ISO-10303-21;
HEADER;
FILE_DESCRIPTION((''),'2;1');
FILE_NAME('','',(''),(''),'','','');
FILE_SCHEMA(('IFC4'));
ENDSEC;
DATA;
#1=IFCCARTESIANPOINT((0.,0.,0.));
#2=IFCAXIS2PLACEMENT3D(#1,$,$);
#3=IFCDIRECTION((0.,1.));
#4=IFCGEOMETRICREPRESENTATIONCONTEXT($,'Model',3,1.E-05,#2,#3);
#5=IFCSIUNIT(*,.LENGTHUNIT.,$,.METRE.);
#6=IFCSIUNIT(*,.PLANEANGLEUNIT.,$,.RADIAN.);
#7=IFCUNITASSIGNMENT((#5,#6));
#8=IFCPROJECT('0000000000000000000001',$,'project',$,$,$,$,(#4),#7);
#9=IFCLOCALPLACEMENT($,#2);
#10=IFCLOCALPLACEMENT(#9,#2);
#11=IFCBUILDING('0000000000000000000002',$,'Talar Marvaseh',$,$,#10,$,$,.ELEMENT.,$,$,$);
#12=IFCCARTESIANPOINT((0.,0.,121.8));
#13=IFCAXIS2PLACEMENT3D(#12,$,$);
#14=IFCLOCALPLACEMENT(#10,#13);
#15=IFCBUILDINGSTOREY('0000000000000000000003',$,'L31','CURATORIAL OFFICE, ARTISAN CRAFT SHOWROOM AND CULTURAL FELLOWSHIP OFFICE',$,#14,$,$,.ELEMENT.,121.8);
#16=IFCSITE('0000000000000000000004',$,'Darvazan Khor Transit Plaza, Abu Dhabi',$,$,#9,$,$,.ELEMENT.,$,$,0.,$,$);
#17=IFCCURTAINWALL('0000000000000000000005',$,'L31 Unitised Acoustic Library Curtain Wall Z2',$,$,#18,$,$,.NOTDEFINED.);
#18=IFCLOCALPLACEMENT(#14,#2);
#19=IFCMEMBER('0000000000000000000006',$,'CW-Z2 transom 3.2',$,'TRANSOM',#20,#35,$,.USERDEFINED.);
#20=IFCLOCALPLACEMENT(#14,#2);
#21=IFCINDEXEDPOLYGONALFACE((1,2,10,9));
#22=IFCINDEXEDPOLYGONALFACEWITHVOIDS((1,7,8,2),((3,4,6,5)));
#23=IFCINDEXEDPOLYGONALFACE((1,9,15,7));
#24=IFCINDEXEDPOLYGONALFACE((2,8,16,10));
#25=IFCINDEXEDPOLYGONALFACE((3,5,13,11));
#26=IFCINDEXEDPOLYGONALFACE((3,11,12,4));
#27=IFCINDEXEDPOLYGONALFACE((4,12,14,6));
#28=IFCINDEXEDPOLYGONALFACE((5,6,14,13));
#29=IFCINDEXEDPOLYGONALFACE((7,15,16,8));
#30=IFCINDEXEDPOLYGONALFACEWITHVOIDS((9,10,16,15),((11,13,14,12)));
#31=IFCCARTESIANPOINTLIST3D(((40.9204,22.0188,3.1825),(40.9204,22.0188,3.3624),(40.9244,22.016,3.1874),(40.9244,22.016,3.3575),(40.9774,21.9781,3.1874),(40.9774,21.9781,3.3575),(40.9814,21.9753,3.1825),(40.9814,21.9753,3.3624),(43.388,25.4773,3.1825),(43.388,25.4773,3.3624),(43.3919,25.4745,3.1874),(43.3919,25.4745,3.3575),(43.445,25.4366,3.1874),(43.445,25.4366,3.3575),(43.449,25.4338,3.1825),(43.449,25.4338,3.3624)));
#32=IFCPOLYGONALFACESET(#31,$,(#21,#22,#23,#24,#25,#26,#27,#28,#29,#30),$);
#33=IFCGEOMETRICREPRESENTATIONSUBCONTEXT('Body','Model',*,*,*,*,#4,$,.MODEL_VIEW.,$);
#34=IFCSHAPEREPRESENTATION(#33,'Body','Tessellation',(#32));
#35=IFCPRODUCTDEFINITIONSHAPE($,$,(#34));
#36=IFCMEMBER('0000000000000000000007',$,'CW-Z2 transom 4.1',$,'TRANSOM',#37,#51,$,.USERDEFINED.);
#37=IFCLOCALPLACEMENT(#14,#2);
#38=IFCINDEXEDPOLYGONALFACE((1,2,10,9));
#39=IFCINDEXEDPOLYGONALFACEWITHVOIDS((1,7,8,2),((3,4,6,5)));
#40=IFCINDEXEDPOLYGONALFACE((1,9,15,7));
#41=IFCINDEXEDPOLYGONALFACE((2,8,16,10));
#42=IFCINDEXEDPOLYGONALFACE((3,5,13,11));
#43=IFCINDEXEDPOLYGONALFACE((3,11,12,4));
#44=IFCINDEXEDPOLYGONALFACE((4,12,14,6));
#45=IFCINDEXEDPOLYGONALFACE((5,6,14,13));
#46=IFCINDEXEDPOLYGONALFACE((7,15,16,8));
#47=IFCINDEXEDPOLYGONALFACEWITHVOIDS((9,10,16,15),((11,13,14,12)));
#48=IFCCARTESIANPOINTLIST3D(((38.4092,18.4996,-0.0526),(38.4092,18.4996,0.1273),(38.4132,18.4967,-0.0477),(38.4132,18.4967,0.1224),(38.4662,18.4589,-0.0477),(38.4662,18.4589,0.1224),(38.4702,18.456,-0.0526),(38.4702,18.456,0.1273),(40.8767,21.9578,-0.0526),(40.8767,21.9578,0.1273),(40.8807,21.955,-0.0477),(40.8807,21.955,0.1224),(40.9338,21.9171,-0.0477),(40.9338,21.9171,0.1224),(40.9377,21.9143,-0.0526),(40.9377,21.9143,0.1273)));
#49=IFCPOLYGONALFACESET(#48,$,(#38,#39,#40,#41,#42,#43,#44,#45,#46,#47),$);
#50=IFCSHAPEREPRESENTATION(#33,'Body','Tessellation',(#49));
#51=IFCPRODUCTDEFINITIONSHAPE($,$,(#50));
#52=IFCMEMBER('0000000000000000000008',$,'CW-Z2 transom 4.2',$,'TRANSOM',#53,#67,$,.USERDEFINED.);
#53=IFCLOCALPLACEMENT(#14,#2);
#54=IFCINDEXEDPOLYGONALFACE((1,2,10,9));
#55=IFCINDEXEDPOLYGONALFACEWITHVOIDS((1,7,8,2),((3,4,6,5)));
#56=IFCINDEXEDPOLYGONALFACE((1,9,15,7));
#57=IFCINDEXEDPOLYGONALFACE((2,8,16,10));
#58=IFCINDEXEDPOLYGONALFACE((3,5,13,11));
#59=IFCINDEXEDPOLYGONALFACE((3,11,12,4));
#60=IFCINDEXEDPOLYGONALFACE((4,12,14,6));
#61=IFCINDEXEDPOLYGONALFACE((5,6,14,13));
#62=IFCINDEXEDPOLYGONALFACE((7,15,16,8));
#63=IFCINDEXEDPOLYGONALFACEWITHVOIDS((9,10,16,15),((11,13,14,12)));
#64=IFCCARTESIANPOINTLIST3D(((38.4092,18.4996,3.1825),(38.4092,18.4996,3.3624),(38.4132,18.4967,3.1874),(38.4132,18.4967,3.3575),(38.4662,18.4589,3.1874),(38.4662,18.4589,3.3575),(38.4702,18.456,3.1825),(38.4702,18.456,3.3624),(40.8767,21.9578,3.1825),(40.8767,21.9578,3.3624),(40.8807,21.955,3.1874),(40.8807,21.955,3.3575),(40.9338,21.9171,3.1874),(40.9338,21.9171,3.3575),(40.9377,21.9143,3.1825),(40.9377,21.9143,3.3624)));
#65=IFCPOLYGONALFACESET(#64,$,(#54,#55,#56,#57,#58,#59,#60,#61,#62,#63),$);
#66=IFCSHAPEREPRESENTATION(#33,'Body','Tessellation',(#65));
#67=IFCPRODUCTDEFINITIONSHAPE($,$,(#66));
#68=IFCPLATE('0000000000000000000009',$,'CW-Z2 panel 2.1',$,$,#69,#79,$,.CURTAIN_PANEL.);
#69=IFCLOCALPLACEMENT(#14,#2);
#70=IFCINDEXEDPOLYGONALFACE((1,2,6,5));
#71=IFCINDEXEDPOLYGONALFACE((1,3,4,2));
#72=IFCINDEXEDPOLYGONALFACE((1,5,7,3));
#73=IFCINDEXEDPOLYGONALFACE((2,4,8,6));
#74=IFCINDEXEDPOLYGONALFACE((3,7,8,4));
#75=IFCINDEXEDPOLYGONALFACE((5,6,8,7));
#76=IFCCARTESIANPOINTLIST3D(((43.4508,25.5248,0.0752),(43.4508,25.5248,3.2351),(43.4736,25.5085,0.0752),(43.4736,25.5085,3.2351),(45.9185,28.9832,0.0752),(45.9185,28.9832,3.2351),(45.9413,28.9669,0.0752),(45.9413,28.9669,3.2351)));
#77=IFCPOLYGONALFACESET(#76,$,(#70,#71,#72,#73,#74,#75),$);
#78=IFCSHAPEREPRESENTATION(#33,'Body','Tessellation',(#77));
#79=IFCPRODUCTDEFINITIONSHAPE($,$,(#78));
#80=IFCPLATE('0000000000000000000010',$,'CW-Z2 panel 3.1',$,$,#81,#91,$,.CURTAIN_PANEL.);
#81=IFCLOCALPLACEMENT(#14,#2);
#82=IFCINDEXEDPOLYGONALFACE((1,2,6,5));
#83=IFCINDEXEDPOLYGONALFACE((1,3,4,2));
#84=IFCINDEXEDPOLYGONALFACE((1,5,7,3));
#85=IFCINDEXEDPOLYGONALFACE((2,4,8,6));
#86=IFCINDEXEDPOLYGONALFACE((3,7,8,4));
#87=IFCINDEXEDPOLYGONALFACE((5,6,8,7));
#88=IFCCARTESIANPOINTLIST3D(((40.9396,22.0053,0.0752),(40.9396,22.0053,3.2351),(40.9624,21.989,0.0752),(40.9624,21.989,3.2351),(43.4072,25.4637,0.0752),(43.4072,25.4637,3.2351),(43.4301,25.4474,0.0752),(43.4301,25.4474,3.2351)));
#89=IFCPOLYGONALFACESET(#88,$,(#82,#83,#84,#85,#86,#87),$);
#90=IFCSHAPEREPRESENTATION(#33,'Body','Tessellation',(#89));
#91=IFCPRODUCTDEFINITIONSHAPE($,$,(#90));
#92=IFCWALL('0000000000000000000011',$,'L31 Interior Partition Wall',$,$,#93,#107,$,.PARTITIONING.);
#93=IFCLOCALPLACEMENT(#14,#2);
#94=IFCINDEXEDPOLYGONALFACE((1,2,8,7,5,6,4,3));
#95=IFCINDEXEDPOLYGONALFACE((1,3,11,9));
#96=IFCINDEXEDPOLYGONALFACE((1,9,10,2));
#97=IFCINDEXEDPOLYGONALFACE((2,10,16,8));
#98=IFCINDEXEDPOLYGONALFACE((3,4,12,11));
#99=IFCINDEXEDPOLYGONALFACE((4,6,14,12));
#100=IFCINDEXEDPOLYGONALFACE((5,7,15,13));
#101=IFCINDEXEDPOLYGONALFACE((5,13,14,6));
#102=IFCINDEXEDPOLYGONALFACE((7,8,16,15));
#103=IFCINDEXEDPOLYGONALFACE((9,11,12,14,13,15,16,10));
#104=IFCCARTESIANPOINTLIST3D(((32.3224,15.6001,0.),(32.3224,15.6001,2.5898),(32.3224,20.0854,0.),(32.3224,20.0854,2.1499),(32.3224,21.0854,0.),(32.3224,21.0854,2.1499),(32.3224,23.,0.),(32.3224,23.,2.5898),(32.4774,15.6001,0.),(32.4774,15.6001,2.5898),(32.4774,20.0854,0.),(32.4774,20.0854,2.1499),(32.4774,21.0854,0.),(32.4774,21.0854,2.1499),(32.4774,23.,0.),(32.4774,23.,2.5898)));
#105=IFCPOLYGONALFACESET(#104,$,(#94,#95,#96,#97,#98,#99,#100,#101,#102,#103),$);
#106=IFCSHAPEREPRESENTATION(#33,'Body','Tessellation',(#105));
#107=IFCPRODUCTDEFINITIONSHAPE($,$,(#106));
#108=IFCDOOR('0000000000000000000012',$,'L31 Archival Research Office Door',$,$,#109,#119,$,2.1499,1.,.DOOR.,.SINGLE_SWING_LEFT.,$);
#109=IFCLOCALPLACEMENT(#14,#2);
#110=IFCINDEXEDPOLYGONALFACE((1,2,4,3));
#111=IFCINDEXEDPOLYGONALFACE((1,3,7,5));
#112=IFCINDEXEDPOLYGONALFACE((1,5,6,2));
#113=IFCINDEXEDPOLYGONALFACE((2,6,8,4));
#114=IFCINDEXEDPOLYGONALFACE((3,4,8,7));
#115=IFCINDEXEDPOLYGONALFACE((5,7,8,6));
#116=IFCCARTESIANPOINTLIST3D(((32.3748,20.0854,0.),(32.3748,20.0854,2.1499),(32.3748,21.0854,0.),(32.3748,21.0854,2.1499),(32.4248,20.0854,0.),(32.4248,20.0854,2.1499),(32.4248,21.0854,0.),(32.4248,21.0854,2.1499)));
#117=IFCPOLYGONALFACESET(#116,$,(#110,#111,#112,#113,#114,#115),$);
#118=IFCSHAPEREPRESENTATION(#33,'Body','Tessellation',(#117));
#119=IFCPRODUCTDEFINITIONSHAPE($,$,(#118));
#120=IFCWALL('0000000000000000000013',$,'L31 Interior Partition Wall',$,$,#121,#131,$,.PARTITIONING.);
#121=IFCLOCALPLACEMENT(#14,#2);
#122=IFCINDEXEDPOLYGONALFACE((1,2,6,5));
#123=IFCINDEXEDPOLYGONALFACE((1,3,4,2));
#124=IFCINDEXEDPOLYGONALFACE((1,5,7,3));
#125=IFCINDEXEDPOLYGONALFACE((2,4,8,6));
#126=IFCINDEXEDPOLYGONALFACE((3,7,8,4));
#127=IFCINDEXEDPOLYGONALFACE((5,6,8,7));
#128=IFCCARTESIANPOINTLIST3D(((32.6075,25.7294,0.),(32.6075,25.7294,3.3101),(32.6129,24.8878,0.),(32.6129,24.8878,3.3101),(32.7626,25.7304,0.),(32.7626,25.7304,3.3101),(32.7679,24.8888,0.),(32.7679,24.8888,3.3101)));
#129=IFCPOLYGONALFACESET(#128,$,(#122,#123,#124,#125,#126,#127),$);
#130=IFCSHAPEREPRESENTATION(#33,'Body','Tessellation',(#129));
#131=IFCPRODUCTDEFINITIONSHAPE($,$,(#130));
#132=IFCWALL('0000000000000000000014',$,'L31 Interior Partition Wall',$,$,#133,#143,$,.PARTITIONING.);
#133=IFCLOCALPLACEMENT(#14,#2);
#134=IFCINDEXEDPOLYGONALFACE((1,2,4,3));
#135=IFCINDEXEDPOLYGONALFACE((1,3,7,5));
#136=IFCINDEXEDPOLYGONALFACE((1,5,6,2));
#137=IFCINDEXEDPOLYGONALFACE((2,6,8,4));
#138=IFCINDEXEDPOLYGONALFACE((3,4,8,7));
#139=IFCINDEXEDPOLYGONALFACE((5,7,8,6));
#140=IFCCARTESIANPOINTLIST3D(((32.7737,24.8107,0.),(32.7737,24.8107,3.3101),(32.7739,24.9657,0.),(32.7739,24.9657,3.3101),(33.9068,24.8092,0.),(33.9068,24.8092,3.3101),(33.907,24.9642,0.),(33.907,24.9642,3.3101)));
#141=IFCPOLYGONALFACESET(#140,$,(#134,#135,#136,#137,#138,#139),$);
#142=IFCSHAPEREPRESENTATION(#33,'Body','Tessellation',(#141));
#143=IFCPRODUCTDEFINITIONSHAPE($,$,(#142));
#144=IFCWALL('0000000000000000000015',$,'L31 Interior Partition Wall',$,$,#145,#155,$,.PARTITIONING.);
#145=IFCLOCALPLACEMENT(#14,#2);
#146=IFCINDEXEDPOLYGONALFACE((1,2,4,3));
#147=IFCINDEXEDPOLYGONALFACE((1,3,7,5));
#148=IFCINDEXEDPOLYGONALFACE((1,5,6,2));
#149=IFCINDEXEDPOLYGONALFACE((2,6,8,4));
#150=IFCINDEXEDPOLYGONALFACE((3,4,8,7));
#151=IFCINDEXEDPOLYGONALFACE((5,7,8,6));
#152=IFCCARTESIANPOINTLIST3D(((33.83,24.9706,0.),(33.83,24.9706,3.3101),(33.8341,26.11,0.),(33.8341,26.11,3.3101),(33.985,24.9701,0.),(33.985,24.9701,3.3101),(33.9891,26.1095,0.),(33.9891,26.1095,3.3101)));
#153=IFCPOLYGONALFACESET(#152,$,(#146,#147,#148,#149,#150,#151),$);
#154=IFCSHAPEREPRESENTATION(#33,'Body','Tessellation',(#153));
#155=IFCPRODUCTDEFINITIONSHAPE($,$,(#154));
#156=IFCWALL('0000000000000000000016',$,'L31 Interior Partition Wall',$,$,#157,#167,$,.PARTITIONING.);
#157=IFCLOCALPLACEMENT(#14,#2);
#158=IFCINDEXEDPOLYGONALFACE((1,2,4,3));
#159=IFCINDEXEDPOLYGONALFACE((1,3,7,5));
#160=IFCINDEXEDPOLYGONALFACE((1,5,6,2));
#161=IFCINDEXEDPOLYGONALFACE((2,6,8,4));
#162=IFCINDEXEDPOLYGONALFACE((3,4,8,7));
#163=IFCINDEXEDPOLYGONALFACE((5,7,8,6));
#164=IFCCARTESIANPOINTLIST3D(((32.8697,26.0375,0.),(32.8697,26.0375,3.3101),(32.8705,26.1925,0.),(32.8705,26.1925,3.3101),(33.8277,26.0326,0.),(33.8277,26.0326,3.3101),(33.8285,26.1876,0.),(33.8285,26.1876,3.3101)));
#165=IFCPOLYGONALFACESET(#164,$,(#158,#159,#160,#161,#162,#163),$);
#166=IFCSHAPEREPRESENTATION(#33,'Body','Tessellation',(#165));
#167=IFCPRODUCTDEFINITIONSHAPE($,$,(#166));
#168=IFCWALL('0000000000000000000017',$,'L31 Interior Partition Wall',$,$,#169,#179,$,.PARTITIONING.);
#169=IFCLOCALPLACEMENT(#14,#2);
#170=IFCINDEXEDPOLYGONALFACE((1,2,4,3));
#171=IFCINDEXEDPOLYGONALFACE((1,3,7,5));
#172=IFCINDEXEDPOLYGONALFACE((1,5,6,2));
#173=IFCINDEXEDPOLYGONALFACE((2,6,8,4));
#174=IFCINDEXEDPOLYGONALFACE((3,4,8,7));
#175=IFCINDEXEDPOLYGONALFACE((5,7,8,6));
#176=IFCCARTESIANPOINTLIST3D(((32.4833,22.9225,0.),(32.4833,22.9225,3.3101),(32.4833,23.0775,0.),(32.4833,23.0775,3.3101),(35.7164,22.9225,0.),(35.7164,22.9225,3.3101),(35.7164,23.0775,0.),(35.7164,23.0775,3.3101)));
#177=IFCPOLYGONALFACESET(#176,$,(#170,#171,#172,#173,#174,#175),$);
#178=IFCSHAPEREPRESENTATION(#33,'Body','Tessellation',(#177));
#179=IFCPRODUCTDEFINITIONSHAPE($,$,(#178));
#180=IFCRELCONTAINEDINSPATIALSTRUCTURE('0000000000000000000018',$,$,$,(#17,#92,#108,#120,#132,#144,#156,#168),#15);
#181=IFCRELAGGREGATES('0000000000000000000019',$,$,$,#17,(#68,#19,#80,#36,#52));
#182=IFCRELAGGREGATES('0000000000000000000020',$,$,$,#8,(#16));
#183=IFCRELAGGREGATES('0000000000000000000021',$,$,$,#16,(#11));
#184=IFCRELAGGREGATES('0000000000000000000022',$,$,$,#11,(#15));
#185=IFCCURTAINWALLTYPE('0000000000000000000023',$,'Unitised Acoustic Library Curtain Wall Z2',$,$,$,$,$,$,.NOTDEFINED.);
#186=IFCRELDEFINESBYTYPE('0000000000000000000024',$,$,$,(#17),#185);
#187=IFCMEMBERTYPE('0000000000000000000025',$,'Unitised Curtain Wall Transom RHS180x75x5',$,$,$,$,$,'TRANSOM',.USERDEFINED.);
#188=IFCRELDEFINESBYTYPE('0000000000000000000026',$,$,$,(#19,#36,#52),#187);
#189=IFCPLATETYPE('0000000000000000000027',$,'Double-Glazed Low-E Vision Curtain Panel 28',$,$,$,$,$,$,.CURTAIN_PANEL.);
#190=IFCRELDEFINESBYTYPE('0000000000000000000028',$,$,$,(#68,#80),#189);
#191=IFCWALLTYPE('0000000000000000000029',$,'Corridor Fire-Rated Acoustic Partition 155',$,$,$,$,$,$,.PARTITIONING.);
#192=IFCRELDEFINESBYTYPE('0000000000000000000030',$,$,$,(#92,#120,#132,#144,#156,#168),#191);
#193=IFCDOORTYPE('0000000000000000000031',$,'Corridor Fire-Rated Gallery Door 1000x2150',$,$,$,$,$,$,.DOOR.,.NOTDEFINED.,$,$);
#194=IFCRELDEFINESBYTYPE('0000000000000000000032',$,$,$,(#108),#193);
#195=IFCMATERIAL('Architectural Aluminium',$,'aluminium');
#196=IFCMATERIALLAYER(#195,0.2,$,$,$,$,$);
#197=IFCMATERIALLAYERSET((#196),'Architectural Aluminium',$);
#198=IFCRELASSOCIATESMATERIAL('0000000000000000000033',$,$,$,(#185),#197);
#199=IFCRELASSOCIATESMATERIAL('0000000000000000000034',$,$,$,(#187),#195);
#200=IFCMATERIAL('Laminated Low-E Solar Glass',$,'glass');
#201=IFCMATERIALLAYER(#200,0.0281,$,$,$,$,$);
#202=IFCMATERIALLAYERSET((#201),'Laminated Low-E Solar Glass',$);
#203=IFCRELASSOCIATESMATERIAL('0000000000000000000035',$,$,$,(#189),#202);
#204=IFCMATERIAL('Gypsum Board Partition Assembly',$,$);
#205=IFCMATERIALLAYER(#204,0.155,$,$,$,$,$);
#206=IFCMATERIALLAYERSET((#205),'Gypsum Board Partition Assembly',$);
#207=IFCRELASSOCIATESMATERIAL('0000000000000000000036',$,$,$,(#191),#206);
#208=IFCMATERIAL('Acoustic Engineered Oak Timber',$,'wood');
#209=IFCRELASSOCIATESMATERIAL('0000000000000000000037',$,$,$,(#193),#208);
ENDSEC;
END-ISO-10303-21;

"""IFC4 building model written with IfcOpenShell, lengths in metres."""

from ifc_helpers import new_model, si_unit, direction, frame, frame_2d, origin, origin_2d, place, context, subcontext, project, spatial, rectangle, hollow_rectangle, extrude, source, transform, mapped, material, layer, layer_set, material_profile, profile_set, type_object, type_shapes, element, fill, aggregate, save


model = new_model("IFC4")

# Units and contexts
model_context = context("Model", 3, precision=1e-05, world=origin(), true_north=direction((0.0, 1.0)))
body_context = subcontext(model_context, "Body", "Model", "MODEL_VIEW")
ifc_project = project(units=[si_unit("LENGTHUNIT", "METRE"), si_unit("PLANEANGLEUNIT", "RADIAN")], contexts=[model_context])

# Site, building, storey
site_placement = place(None, origin())
site = spatial("IfcSite", under=ifc_project, at=site_placement, Name="Darvazan Khor Transit Plaza, Abu Dhabi", CompositionType="ELEMENT", RefElevation=0.0)
building_placement = place(site_placement, origin())
building = spatial("IfcBuilding", under=site, at=building_placement, Name="Talar Marvaseh", CompositionType="ELEMENT")
storey_placement = place(building_placement, frame((0.0, 0.0, 121.8)))
storey = spatial("IfcBuildingStorey", under=building, at=storey_placement, Name="L31", Description="CURATORIAL OFFICE, ARTISAN CRAFT SHOWROOM AND CULTURAL FELLOWSHIP OFFICE", CompositionType="ELEMENT", Elevation=121.8)

# Curtain wall, members, plates
ifc_material_1 = material(Name="Architectural Aluminium", Category="aluminium")
ifc_layer_1 = layer(ifc_material_1, 0.2)
ifc_layer_set_1 = layer_set([ifc_layer_1], Name="Architectural Aluminium")
curtain_wall_type = type_object("IfcCurtainWallType", Name="Unitised Acoustic Library Curtain Wall Z2", PredefinedType="NOTDEFINED", material=ifc_layer_set_1)
curtain_wall_placement = place(storey_placement, origin())
curtain_wall = element("IfcCurtainWall", 1, at=curtain_wall_placement, inside=storey, type_object=curtain_wall_type, Name="L31 Unitised Acoustic Library Curtain Wall Z2", PredefinedType="NOTDEFINED")
ifc_material_profile_1 = material_profile(ifc_material_1, hollow_rectangle(XDim=0.075, YDim=0.1799, WallThickness=0.0049, at=origin_2d()), Name="RHS180x75x5")
ifc_profile_set_1 = profile_set([ifc_material_profile_1], Name="Architectural Aluminium")
member_type_1 = type_object("IfcMemberType", Name="Unitised Curtain Wall Transom RHS180x75x5", ElementType="TRANSOM", PredefinedType="USERDEFINED", material=ifc_profile_set_1)
shared_shape_1 = source(origin(), body_context, "Body", "SweptSolid", [
    extrude(hollow_rectangle(XDim=0.075, YDim=0.1799, WallThickness=0.0049, at=origin_2d()), origin(), (0.0, 0.0, 1.0), 4.2485),
])
member_1_placement = place(storey_placement, frame((43.4185, 25.4556, 3.2725), z_axis=(-0.580798, -0.814048, 0.0), x_axis=(0.814048, -0.580798, 0.0)))
member_1 = element("IfcMember", 2, at=member_1_placement, type_object=member_type_1, Name="CW-Z2 transom 3.2", ObjectType="TRANSOM", PredefinedType="USERDEFINED", context=body_context, shape_type="MappedRepresentation", body=[
    mapped(shared_shape_1, transform((0.0, 0.0, 0.0), x_axis=(1.0, 0.0, 0.0), y_axis=(0.0, 1.0, 0.0), z_axis=(0.0, 0.0, 1.0), scale=1.0)),
])
shared_shape_2 = source(origin(), body_context, "Body", "SweptSolid", [
    extrude(hollow_rectangle(XDim=0.075, YDim=0.1799, WallThickness=0.0049, at=origin_2d()), origin(), (0.0, 0.0, 1.0), 4.2483),
])
type_shapes(member_type_1, [shared_shape_1, shared_shape_2])
member_2_placement = place(storey_placement, frame((40.9072, 21.936, 0.0374), z_axis=(-0.580825, -0.814028, 0.0), x_axis=(0.814028, -0.580825, 0.0)))
member_2 = element("IfcMember", 3, at=member_2_placement, type_object=member_type_1, Name="CW-Z2 transom 4.1", ObjectType="TRANSOM", PredefinedType="USERDEFINED", context=body_context, shape_type="MappedRepresentation", body=[
    mapped(shared_shape_2, transform((0.0, 0.0, 0.0), x_axis=(1.0, 0.0, 0.0), y_axis=(0.0, 1.0, 0.0), z_axis=(0.0, 0.0, 1.0), scale=1.0)),
])
member_3_placement = place(storey_placement, frame((40.9072, 21.936, 3.2725), z_axis=(-0.580825, -0.814028, 0.0), x_axis=(0.814028, -0.580825, 0.0)))
member_3 = element("IfcMember", 4, at=member_3_placement, type_object=member_type_1, Name="CW-Z2 transom 4.2", ObjectType="TRANSOM", PredefinedType="USERDEFINED", context=body_context, shape_type="MappedRepresentation", body=[
    mapped(shared_shape_2, transform((0.0, 0.0, 0.0), x_axis=(1.0, 0.0, 0.0), y_axis=(0.0, 1.0, 0.0), z_axis=(0.0, 0.0, 1.0), scale=1.0)),
])
ifc_material_2 = material(Name="Laminated Low-E Solar Glass", Category="glass")
ifc_layer_2 = layer(ifc_material_2, 0.0281)
ifc_layer_set_2 = layer_set([ifc_layer_2], Name="Laminated Low-E Solar Glass")
plate_type = type_object("IfcPlateType", Name="Double-Glazed Low-E Vision Curtain Panel 28", PredefinedType="CURTAIN_PANEL", material=ifc_layer_set_2)
shared_shape_3 = source(origin(), body_context, "Body", "SweptSolid", [
    extrude(rectangle(XDim=4.2485, YDim=0.0281, at=origin_2d()), origin(), (0.0, 0.0, 1.0), 3.1599),
])
type_shapes(plate_type, [shared_shape_3])
plate_1_placement = place(storey_placement, frame((44.696, 27.2458, 0.0752), z_axis=(0.0, 0.0, 1.0), x_axis=(-0.580829, -0.814026, 0.0)))
plate_1 = element("IfcPlate", 5, at=plate_1_placement, type_object=plate_type, Name="CW-Z2 panel 2.1", PredefinedType="CURTAIN_PANEL", context=body_context, shape_type="MappedRepresentation", body=[
    mapped(shared_shape_3, transform((0.0, 0.0, 0.0), x_axis=(1.0, 0.0, 0.0), y_axis=(0.0, 1.0, 0.0), z_axis=(0.0, 0.0, 1.0), scale=1.0)),
])
plate_2_placement = place(storey_placement, frame((42.1848, 23.7263, 0.0752), z_axis=(0.0, 0.0, 1.0), x_axis=(-0.580829, -0.814026, 0.0)))
plate_2 = element("IfcPlate", 6, at=plate_2_placement, type_object=plate_type, Name="CW-Z2 panel 3.1", PredefinedType="CURTAIN_PANEL", context=body_context, shape_type="MappedRepresentation", body=[
    mapped(shared_shape_3, transform((0.0, 0.0, 0.0), x_axis=(1.0, 0.0, 0.0), y_axis=(0.0, 1.0, 0.0), z_axis=(0.0, 0.0, 1.0), scale=1.0)),
])
aggregate(curtain_wall, [plate_1, member_1, plate_2, member_2, member_3])

# Wall, opening, door
ifc_material_3 = material(Name="Gypsum Board Partition Assembly")
ifc_layer_3 = layer(ifc_material_3, 0.155)
ifc_layer_set_3 = layer_set([ifc_layer_3], Name="Gypsum Board Partition Assembly")
wall_type_1 = type_object("IfcWallType", Name="Corridor Fire-Rated Acoustic Partition 155", PredefinedType="PARTITIONING", material=ifc_layer_set_3)
wall_1_placement = place(storey_placement, frame((32.3999, 23.0, 0.0), z_axis=(0.0, 0.0, 1.0), x_axis=(0.0, -1.0, 0.0)))
wall_1 = element("IfcWall", 7, at=wall_1_placement, inside=storey, type_object=wall_type_1, Name="L31 Interior Partition Wall", PredefinedType="PARTITIONING", context=body_context, shape_type="SweptSolid", body=[
    extrude(rectangle(XDim=7.3999, YDim=0.155, at=frame_2d((3.7, 0.0))), origin(), (0.0, 0.0, 1.0), 2.5898),
])
opening_1_placement = place(wall_1_placement, frame((1.9146, 0.0, 0.0)))
opening_1 = element("IfcOpeningElement", 8, at=opening_1_placement, cuts=wall_1, PredefinedType="OPENING", context=body_context, shape_type="SweptSolid", body=[
    extrude(rectangle(XDim=1.0, YDim=2.1499, at=frame_2d((0.5, 1.075))), frame((0.0, 0.0874, 0.0), z_axis=(0.0, -1.0, 0.0), x_axis=(1.0, 0.0, 0.0)), (0.0, 0.0, 1.0), 0.175),
])
ifc_material_4 = material(Name="Acoustic Engineered Oak Timber", Category="wood")
door_type_1 = type_object("IfcDoorType", Name="Corridor Fire-Rated Gallery Door 1000x2150", OperationType="NOTDEFINED", PredefinedType="DOOR", material=ifc_material_4)
shared_shape_4 = source(origin(), body_context, "Body", "SweptSolid", [
    extrude(rectangle(XDim=1.0, YDim=2.1499, at=frame_2d((0.5, 1.075))), frame((0.0, 0.0249, 0.0), z_axis=(0.0, -1.0, 0.0), x_axis=(1.0, 0.0, 0.0)), (0.0, 0.0, 1.0), 0.05),
])
type_shapes(door_type_1, [shared_shape_4])
door_1_placement = place(opening_1_placement, origin())
door_1 = element("IfcDoor", 9, at=door_1_placement, inside=storey, type_object=door_type_1, Name="L31 Archival Research Office Door", OperationType="SINGLE_SWING_LEFT", OverallHeight=2.1499, OverallWidth=1.0, PredefinedType="DOOR", context=body_context, shape_type="MappedRepresentation", body=[
    mapped(shared_shape_4, transform((0.0, 0.0, 0.0), x_axis=(1.0, 0.0, 0.0), y_axis=(0.0, 1.0, 0.0), z_axis=(0.0, 0.0, 1.0), scale=1.0)),
])
fill(opening_1, door_1)

# Walls
wall_2_placement = place(storey_placement, frame((32.6851, 25.73, 0.0), z_axis=(0.0, 0.0, 1.0), x_axis=(0.006382, -0.99998, 0.0)))
element("IfcWall", 10, at=wall_2_placement, inside=storey, type_object=wall_type_1, Name="L31 Interior Partition Wall", PredefinedType="PARTITIONING", context=body_context, shape_type="SweptSolid", body=[
    extrude(rectangle(XDim=0.8416, YDim=0.155, at=frame_2d((0.4209, 0.0))), origin(), (0.0, 0.0, 1.0), 3.3101),
])
wall_3_placement = place(storey_placement, frame((32.7739, 24.8882, 0.0), z_axis=(0.0, 0.0, 1.0), x_axis=(0.999999, -0.001293, 0.0)))
element("IfcWall", 11, at=wall_3_placement, inside=storey, type_object=wall_type_1, Name="L31 Interior Partition Wall", PredefinedType="PARTITIONING", context=body_context, shape_type="SweptSolid", body=[
    extrude(rectangle(XDim=1.1331, YDim=0.155, at=frame_2d((0.5664, 0.0))), origin(), (0.0, 0.0, 1.0), 3.3101),
])
wall_4_placement = place(storey_placement, frame((33.9075, 24.9702, 0.0), z_axis=(0.0, 0.0, 1.0), x_axis=(0.003643, 0.999993, 0.0)))
element("IfcWall", 12, at=wall_4_placement, inside=storey, type_object=wall_type_1, Name="L31 Interior Partition Wall", PredefinedType="PARTITIONING", context=body_context, shape_type="SweptSolid", body=[
    extrude(rectangle(XDim=1.1394, YDim=0.155, at=frame_2d((0.5698, 0.0))), origin(), (0.0, 0.0, 1.0), 3.3101),
])
wall_5_placement = place(storey_placement, frame((33.8281, 26.1101, 0.0), z_axis=(0.0, 0.0, 1.0), x_axis=(-0.999987, 0.005097, 0.0)))
element("IfcWall", 13, at=wall_5_placement, inside=storey, type_object=wall_type_1, Name="L31 Interior Partition Wall", PredefinedType="PARTITIONING", context=body_context, shape_type="SweptSolid", body=[
    extrude(rectangle(XDim=0.958, YDim=0.155, at=frame_2d((0.479, 0.0))), origin(), (0.0, 0.0, 1.0), 3.3101),
])
wall_6_placement = place(storey_placement, frame((35.7166, 23.0, 0.0), z_axis=(0.0, 0.0, 1.0), x_axis=(-1.0, 0.0, 0.0)))
element("IfcWall", 14, at=wall_6_placement, inside=storey, type_object=wall_type_1, Name="L31 Interior Partition Wall", PredefinedType="PARTITIONING", context=body_context, shape_type="SweptSolid", body=[
    extrude(rectangle(XDim=3.2332, YDim=0.155, at=frame_2d((1.6167, 0.0))), origin(), (0.0, 0.0, 1.0), 3.3101),
])

save(model, "model.ifc")
